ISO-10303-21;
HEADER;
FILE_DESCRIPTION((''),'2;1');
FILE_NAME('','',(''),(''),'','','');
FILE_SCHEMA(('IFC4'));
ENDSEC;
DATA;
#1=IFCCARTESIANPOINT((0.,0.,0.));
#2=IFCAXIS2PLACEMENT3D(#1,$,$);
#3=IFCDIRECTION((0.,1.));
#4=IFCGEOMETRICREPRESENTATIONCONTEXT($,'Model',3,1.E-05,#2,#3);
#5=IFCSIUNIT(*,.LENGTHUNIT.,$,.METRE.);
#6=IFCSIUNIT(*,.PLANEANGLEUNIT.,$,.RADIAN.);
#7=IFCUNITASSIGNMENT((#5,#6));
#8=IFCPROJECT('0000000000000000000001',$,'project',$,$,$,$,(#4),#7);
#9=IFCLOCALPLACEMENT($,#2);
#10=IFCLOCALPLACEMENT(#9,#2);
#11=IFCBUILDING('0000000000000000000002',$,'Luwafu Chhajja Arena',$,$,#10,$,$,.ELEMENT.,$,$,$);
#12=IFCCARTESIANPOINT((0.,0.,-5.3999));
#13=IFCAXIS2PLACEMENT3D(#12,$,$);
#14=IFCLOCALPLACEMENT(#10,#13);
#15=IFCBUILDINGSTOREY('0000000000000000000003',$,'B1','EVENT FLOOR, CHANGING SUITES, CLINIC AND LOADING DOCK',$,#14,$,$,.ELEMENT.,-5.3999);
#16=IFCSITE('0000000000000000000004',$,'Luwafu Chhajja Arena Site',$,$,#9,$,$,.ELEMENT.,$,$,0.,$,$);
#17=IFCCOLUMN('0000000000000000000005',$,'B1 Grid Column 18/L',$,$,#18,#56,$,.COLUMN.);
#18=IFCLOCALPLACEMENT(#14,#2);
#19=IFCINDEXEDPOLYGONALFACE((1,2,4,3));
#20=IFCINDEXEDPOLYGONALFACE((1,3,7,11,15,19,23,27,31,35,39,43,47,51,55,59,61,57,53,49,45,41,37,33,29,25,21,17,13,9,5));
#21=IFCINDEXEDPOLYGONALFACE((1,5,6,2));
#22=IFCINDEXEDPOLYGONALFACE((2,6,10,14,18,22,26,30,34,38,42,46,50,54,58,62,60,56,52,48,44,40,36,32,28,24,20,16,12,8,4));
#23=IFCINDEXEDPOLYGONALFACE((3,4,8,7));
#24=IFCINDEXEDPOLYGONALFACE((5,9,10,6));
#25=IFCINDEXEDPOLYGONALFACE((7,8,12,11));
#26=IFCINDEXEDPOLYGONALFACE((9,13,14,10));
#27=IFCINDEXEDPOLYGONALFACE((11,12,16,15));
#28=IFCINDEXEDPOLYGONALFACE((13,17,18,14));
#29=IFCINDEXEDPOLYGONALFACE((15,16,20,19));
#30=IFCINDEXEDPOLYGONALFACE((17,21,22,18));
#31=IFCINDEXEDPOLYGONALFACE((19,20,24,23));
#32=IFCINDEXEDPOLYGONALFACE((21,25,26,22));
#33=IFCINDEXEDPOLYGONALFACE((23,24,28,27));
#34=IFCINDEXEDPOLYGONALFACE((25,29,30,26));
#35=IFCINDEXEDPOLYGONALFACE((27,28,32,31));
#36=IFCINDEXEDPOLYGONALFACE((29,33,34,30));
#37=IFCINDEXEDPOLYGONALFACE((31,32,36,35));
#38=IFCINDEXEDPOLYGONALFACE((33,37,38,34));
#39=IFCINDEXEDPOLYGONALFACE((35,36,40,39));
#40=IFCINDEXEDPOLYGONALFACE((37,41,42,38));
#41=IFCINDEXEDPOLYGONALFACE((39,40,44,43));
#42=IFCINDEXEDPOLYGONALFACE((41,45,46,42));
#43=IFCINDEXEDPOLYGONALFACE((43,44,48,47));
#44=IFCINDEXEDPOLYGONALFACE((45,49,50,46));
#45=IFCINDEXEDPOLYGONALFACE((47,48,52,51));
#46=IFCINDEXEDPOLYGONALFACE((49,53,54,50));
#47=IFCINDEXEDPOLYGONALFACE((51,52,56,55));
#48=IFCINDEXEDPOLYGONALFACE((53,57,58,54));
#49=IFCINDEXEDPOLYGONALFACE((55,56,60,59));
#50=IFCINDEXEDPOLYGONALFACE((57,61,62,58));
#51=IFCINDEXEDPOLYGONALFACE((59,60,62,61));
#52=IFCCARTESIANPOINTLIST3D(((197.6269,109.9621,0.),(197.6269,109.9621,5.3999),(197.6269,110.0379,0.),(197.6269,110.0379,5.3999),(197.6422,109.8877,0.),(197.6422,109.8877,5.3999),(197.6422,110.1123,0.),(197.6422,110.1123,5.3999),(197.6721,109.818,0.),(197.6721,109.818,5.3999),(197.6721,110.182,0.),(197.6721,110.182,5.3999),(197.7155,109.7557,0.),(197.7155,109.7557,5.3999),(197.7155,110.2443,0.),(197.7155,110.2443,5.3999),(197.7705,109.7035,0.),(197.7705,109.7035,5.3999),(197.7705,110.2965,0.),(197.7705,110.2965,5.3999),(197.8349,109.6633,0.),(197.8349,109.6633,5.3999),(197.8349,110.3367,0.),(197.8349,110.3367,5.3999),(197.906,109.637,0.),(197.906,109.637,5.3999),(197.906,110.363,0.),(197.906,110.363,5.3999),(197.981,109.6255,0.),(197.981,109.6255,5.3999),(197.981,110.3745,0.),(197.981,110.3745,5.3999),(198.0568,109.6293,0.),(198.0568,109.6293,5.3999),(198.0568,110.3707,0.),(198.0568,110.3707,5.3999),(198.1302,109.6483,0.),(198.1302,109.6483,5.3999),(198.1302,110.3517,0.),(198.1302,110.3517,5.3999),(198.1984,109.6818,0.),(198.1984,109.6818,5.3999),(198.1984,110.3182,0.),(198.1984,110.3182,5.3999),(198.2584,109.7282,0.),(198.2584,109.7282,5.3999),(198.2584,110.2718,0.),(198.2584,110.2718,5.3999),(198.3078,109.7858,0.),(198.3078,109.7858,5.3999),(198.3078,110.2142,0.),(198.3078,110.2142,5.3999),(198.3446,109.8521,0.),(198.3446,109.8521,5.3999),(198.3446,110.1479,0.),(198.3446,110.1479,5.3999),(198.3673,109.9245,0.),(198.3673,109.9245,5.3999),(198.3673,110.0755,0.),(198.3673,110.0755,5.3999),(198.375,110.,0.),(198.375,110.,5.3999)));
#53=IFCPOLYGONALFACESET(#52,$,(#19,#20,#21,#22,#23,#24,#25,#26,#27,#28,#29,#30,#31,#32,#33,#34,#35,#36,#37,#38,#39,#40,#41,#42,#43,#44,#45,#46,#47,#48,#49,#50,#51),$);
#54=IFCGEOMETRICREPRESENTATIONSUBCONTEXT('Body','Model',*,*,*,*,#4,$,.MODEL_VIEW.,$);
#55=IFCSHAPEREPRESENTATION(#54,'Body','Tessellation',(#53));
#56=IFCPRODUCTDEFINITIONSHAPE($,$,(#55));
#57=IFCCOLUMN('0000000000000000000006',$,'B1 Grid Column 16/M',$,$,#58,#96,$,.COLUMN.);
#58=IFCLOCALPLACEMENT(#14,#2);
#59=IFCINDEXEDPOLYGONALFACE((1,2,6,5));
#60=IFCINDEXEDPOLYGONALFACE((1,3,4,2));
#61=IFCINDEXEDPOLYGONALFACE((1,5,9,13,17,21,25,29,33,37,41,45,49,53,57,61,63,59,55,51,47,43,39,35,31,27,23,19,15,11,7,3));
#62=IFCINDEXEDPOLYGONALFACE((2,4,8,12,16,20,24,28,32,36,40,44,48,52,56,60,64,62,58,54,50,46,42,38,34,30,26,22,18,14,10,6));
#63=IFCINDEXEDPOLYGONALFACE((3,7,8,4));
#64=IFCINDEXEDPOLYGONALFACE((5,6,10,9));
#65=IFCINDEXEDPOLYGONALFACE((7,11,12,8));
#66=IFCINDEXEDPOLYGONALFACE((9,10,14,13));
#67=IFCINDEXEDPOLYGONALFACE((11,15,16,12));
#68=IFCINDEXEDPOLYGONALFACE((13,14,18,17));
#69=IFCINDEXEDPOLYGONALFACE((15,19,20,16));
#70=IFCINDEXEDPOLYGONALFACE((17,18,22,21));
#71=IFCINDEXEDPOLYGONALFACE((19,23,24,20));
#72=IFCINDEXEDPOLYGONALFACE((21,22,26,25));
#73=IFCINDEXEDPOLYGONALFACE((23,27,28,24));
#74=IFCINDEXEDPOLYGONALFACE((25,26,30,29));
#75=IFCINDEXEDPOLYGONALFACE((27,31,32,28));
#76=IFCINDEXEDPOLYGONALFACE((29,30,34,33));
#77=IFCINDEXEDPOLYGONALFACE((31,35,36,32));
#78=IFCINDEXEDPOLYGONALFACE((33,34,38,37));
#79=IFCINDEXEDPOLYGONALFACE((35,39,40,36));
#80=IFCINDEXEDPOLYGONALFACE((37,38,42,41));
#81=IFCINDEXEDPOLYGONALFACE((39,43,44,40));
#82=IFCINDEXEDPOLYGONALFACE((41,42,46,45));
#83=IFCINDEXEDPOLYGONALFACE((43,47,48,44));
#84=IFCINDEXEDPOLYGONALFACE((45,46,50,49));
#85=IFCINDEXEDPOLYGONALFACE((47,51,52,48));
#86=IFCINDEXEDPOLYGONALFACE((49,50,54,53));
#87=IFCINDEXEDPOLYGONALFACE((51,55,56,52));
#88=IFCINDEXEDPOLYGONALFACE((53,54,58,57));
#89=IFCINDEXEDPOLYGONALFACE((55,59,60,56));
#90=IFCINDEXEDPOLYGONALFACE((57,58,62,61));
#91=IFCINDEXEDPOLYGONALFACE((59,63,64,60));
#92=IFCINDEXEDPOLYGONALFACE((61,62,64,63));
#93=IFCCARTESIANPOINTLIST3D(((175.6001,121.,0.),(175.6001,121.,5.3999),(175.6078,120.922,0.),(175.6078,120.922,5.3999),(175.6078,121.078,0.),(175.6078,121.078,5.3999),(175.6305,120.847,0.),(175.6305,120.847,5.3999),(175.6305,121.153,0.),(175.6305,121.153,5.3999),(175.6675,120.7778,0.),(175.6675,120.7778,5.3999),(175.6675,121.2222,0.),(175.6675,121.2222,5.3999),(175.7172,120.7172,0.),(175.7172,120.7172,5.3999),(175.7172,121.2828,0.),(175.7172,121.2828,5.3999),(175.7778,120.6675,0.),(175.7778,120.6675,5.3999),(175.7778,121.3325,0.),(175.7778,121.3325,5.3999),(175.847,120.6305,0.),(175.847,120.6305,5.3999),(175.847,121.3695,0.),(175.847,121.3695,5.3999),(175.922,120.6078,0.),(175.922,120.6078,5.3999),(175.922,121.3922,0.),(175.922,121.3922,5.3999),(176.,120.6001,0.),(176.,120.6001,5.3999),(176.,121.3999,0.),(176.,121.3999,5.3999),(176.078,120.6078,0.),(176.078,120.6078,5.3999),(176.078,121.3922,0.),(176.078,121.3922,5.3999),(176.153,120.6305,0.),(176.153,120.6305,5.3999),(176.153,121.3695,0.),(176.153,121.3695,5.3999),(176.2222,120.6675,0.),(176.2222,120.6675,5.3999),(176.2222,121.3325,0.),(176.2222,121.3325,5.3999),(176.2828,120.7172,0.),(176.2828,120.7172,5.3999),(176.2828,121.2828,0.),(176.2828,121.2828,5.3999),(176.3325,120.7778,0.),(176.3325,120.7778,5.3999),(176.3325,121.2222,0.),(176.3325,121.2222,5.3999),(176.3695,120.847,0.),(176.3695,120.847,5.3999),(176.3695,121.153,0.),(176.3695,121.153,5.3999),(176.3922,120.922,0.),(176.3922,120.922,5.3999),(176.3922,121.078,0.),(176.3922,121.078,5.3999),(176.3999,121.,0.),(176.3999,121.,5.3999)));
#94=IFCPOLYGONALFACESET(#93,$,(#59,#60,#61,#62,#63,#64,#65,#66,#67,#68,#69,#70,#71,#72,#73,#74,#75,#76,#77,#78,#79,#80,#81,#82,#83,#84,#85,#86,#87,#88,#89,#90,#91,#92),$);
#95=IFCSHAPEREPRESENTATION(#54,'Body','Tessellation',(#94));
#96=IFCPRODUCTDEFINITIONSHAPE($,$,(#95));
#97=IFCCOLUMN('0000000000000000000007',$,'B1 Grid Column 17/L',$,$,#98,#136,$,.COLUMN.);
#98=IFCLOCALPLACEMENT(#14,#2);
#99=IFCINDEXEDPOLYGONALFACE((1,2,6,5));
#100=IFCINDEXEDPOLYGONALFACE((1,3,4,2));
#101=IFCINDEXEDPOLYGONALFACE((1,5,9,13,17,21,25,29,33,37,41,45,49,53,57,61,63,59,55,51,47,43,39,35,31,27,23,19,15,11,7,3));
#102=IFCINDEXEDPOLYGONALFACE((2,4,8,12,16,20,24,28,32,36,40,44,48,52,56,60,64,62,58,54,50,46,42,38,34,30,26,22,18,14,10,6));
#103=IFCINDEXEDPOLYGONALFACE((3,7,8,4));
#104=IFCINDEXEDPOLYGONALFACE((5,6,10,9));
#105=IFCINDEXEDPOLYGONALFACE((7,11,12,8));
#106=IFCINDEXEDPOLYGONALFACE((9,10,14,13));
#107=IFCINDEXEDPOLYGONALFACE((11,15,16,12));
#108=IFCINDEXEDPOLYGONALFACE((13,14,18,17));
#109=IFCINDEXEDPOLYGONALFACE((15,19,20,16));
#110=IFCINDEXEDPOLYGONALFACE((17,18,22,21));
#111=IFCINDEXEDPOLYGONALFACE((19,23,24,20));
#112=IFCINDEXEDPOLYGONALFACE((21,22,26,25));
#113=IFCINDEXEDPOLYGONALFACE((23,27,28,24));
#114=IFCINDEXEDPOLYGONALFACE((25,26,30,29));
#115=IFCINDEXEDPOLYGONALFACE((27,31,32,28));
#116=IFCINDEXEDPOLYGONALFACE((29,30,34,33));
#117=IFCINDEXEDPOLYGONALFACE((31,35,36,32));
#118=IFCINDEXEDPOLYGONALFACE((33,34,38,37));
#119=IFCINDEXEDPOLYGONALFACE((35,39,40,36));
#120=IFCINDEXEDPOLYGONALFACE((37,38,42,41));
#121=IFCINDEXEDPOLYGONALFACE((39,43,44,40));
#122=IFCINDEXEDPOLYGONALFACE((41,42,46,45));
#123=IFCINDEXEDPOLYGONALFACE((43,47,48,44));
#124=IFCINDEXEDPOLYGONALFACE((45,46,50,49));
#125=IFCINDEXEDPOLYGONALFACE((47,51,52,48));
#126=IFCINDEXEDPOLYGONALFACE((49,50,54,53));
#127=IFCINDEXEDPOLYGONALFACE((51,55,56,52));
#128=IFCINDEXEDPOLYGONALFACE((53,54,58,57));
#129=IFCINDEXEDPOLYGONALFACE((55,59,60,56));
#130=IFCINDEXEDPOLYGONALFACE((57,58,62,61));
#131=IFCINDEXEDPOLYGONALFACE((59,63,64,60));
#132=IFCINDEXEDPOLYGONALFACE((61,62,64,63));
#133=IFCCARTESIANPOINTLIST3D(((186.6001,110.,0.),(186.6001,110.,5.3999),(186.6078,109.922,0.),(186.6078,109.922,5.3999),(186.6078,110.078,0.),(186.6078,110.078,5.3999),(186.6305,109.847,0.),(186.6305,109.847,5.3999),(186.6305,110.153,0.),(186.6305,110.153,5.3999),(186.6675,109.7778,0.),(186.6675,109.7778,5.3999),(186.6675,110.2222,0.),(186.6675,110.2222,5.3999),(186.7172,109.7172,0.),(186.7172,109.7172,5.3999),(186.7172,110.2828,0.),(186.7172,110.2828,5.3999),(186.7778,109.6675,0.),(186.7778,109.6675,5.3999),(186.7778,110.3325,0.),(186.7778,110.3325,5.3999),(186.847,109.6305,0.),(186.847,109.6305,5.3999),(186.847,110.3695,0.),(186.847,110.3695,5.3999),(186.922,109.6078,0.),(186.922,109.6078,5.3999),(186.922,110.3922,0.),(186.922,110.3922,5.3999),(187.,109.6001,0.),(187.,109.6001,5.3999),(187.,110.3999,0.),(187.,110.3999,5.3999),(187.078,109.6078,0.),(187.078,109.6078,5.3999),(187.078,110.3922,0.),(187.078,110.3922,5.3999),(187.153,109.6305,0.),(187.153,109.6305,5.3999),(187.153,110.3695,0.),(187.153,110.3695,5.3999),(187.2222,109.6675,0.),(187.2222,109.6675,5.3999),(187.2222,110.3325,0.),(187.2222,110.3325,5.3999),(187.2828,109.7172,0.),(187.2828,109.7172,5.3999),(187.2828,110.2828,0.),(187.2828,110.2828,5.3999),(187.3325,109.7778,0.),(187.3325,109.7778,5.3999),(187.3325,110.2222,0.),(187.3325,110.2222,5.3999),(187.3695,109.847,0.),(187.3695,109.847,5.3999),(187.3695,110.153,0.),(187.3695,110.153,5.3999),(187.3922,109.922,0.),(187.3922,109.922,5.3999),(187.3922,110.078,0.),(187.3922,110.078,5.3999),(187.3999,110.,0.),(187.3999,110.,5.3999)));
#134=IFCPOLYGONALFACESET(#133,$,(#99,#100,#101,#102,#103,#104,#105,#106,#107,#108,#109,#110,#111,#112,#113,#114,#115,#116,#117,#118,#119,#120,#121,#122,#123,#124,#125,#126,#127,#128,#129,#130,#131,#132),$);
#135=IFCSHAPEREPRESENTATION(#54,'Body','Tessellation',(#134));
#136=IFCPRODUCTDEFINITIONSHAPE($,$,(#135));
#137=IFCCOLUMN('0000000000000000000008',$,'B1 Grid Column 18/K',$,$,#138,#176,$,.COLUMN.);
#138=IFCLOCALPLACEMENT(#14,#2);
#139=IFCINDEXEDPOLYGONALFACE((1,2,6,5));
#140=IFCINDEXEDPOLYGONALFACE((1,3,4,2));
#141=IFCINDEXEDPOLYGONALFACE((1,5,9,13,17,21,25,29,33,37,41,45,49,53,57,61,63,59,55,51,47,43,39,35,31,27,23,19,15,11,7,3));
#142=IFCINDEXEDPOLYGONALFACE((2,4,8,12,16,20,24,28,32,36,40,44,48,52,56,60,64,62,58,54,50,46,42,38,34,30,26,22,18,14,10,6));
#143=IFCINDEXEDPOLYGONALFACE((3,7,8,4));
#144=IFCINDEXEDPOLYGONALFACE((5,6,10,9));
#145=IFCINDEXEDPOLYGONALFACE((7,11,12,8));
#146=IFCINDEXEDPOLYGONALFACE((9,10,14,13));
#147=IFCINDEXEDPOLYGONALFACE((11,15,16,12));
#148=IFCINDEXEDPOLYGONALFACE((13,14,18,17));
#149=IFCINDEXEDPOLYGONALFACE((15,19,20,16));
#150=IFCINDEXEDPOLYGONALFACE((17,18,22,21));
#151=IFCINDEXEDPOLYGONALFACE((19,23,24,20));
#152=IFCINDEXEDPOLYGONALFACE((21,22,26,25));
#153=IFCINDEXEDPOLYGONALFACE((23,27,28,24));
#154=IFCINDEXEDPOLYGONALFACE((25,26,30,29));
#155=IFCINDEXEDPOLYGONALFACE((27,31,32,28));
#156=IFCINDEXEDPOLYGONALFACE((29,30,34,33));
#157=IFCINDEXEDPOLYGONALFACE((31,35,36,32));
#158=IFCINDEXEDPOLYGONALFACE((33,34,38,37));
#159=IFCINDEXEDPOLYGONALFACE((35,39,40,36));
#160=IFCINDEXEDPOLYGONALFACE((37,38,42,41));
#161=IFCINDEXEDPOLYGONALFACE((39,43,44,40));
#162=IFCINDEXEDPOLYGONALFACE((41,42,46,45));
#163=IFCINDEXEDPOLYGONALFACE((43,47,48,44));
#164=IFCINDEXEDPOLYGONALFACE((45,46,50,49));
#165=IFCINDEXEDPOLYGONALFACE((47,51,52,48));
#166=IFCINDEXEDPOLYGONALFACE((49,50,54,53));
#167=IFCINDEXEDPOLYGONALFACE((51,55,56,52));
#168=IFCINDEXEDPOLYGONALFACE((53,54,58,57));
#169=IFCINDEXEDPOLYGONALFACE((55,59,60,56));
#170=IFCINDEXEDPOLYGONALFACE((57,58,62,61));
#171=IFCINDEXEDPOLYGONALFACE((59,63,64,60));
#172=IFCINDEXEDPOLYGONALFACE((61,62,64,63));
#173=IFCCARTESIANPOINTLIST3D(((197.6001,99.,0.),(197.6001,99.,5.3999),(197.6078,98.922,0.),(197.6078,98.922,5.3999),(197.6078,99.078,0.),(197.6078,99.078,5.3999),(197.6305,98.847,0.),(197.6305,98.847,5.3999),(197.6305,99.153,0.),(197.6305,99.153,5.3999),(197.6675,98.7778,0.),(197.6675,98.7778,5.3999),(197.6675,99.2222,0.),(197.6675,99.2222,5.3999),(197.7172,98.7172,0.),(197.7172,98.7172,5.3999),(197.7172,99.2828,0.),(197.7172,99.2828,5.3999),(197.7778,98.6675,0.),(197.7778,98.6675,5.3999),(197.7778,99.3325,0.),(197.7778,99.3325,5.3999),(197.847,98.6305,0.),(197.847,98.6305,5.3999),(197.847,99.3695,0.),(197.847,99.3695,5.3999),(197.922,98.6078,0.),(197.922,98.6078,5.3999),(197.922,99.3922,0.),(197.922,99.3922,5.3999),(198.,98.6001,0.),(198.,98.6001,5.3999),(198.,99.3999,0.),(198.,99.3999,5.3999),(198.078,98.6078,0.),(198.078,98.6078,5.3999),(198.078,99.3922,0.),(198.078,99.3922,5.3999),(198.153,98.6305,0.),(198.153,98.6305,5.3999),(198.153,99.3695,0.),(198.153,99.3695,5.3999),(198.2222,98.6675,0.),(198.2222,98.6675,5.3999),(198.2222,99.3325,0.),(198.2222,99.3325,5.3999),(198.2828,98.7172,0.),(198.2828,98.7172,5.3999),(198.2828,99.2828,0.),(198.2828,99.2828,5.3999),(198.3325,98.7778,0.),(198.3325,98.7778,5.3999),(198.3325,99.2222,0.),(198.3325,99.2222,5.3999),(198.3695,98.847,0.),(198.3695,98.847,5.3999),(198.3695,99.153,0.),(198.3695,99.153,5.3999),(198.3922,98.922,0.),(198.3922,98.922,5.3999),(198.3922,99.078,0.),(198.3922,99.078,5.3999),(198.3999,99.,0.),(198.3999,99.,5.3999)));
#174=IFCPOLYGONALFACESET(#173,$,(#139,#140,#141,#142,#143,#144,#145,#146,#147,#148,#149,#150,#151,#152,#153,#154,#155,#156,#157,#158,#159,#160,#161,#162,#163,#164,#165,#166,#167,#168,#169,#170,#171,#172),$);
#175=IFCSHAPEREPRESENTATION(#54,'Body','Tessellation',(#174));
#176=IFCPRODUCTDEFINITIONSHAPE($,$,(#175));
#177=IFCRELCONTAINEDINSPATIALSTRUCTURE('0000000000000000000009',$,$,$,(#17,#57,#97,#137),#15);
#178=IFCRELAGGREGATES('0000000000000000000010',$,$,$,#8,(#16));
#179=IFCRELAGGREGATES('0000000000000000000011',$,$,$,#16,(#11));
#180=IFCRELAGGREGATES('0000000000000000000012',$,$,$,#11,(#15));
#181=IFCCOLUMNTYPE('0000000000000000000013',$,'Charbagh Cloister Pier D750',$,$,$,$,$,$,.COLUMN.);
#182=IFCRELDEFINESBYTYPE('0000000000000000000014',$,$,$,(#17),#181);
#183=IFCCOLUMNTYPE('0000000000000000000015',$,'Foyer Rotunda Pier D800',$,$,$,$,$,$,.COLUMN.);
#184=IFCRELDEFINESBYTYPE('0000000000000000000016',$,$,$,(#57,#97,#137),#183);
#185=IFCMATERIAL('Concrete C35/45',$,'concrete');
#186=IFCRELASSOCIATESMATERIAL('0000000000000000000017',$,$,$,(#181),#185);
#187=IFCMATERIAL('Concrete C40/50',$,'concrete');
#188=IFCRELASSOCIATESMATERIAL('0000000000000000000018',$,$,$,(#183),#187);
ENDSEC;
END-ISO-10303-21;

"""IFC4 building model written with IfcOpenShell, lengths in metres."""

from ifc_helpers import new_model, si_unit, direction, frame, origin, origin_2d, place, context, subcontext, project, spatial, circle, extrude, material, material_profile, profile_set, type_object, element, save


model = new_model("IFC4")

# Units and contexts
model_context = context("Model", 3, precision=1e-05, world=origin(), true_north=direction((0.0, 1.0)))
body_context = subcontext(model_context, "Body", "Model", "MODEL_VIEW")
ifc_project = project(units=[si_unit("LENGTHUNIT", "METRE"), si_unit("PLANEANGLEUNIT", "RADIAN")], contexts=[model_context])

# Site, building, storey
site_placement = place(None, origin())
site = spatial("IfcSite", under=ifc_project, at=site_placement, Name="Luwafu Chhajja Arena Site", CompositionType="ELEMENT", RefElevation=0.0)
building_placement = place(site_placement, origin())
building = spatial("IfcBuilding", under=site, at=building_placement, Name="Luwafu Chhajja Arena", CompositionType="ELEMENT")
storey_placement = place(building_placement, frame((0.0, 0.0, -5.3999)))
storey = spatial("IfcBuildingStorey", under=building, at=storey_placement, Name="B1", Description="EVENT FLOOR, CHANGING SUITES, CLINIC AND LOADING DOCK", CompositionType="ELEMENT", Elevation=-5.3999)

# Shared definitions
ifc_material_1 = material(Name="Concrete C35/45", Category="concrete")

# Columns
ifc_material_profile_1 = material_profile(ifc_material_1, circle(Radius=0.375, at=origin_2d()), Name="RC COL D750")
ifc_profile_set_1 = profile_set([ifc_material_profile_1], Name="Concrete C35/45")
column_type_1 = type_object("IfcColumnType", Name="Charbagh Cloister Pier D750", PredefinedType="COLUMN", material=ifc_profile_set_1)
column_1_placement = place(storey_placement, frame((198.0, 110.0, 0.0), z_axis=(0.0, 0.0, 1.0), x_axis=(1.0, 0.0, 0.0)))
element("IfcColumn", 1, at=column_1_placement, inside=storey, type_object=column_type_1, Name="B1 Grid Column 18/L", PredefinedType="COLUMN", context=body_context, shape_type="SweptSolid", body=[
    extrude(circle(Radius=0.375, at=origin_2d()), origin(), (0.0, 0.0, 1.0), 5.3999),
])
ifc_material_2 = material(Name="Concrete C40/50", Category="concrete")
ifc_material_profile_2 = material_profile(ifc_material_2, circle(Radius=0.3999, at=origin_2d()), Name="RC COL D800")
ifc_profile_set_2 = profile_set([ifc_material_profile_2], Name="Concrete C40/50")
column_type_2 = type_object("IfcColumnType", Name="Foyer Rotunda Pier D800", PredefinedType="COLUMN", material=ifc_profile_set_2)
for number, where, z_axis, x_axis, name in (
    (2, (176.0, 121.0, 0.0), (0.0, 0.0, 1.0), (1.0, 0.0, 0.0), "B1 Grid Column 16/M"),
    (3, (187.0, 110.0, 0.0), (0.0, 0.0, 1.0), (1.0, 0.0, 0.0), "B1 Grid Column 17/L"),
    (4, (198.0, 99.0, 0.0), (0.0, 0.0, 1.0), (1.0, 0.0, 0.0), "B1 Grid Column 18/K"),
):
    element("IfcColumn", number, at=place(storey_placement, frame(where, z_axis=z_axis, x_axis=x_axis)), inside=storey, type_object=column_type_2, Name=name, PredefinedType="COLUMN", context=body_context, shape_type="SweptSolid", body=[
        extrude(circle(Radius=0.3999, at=origin_2d()), origin(), (0.0, 0.0, 1.0), 5.3999),
    ])

save(model, "model.ifc")
